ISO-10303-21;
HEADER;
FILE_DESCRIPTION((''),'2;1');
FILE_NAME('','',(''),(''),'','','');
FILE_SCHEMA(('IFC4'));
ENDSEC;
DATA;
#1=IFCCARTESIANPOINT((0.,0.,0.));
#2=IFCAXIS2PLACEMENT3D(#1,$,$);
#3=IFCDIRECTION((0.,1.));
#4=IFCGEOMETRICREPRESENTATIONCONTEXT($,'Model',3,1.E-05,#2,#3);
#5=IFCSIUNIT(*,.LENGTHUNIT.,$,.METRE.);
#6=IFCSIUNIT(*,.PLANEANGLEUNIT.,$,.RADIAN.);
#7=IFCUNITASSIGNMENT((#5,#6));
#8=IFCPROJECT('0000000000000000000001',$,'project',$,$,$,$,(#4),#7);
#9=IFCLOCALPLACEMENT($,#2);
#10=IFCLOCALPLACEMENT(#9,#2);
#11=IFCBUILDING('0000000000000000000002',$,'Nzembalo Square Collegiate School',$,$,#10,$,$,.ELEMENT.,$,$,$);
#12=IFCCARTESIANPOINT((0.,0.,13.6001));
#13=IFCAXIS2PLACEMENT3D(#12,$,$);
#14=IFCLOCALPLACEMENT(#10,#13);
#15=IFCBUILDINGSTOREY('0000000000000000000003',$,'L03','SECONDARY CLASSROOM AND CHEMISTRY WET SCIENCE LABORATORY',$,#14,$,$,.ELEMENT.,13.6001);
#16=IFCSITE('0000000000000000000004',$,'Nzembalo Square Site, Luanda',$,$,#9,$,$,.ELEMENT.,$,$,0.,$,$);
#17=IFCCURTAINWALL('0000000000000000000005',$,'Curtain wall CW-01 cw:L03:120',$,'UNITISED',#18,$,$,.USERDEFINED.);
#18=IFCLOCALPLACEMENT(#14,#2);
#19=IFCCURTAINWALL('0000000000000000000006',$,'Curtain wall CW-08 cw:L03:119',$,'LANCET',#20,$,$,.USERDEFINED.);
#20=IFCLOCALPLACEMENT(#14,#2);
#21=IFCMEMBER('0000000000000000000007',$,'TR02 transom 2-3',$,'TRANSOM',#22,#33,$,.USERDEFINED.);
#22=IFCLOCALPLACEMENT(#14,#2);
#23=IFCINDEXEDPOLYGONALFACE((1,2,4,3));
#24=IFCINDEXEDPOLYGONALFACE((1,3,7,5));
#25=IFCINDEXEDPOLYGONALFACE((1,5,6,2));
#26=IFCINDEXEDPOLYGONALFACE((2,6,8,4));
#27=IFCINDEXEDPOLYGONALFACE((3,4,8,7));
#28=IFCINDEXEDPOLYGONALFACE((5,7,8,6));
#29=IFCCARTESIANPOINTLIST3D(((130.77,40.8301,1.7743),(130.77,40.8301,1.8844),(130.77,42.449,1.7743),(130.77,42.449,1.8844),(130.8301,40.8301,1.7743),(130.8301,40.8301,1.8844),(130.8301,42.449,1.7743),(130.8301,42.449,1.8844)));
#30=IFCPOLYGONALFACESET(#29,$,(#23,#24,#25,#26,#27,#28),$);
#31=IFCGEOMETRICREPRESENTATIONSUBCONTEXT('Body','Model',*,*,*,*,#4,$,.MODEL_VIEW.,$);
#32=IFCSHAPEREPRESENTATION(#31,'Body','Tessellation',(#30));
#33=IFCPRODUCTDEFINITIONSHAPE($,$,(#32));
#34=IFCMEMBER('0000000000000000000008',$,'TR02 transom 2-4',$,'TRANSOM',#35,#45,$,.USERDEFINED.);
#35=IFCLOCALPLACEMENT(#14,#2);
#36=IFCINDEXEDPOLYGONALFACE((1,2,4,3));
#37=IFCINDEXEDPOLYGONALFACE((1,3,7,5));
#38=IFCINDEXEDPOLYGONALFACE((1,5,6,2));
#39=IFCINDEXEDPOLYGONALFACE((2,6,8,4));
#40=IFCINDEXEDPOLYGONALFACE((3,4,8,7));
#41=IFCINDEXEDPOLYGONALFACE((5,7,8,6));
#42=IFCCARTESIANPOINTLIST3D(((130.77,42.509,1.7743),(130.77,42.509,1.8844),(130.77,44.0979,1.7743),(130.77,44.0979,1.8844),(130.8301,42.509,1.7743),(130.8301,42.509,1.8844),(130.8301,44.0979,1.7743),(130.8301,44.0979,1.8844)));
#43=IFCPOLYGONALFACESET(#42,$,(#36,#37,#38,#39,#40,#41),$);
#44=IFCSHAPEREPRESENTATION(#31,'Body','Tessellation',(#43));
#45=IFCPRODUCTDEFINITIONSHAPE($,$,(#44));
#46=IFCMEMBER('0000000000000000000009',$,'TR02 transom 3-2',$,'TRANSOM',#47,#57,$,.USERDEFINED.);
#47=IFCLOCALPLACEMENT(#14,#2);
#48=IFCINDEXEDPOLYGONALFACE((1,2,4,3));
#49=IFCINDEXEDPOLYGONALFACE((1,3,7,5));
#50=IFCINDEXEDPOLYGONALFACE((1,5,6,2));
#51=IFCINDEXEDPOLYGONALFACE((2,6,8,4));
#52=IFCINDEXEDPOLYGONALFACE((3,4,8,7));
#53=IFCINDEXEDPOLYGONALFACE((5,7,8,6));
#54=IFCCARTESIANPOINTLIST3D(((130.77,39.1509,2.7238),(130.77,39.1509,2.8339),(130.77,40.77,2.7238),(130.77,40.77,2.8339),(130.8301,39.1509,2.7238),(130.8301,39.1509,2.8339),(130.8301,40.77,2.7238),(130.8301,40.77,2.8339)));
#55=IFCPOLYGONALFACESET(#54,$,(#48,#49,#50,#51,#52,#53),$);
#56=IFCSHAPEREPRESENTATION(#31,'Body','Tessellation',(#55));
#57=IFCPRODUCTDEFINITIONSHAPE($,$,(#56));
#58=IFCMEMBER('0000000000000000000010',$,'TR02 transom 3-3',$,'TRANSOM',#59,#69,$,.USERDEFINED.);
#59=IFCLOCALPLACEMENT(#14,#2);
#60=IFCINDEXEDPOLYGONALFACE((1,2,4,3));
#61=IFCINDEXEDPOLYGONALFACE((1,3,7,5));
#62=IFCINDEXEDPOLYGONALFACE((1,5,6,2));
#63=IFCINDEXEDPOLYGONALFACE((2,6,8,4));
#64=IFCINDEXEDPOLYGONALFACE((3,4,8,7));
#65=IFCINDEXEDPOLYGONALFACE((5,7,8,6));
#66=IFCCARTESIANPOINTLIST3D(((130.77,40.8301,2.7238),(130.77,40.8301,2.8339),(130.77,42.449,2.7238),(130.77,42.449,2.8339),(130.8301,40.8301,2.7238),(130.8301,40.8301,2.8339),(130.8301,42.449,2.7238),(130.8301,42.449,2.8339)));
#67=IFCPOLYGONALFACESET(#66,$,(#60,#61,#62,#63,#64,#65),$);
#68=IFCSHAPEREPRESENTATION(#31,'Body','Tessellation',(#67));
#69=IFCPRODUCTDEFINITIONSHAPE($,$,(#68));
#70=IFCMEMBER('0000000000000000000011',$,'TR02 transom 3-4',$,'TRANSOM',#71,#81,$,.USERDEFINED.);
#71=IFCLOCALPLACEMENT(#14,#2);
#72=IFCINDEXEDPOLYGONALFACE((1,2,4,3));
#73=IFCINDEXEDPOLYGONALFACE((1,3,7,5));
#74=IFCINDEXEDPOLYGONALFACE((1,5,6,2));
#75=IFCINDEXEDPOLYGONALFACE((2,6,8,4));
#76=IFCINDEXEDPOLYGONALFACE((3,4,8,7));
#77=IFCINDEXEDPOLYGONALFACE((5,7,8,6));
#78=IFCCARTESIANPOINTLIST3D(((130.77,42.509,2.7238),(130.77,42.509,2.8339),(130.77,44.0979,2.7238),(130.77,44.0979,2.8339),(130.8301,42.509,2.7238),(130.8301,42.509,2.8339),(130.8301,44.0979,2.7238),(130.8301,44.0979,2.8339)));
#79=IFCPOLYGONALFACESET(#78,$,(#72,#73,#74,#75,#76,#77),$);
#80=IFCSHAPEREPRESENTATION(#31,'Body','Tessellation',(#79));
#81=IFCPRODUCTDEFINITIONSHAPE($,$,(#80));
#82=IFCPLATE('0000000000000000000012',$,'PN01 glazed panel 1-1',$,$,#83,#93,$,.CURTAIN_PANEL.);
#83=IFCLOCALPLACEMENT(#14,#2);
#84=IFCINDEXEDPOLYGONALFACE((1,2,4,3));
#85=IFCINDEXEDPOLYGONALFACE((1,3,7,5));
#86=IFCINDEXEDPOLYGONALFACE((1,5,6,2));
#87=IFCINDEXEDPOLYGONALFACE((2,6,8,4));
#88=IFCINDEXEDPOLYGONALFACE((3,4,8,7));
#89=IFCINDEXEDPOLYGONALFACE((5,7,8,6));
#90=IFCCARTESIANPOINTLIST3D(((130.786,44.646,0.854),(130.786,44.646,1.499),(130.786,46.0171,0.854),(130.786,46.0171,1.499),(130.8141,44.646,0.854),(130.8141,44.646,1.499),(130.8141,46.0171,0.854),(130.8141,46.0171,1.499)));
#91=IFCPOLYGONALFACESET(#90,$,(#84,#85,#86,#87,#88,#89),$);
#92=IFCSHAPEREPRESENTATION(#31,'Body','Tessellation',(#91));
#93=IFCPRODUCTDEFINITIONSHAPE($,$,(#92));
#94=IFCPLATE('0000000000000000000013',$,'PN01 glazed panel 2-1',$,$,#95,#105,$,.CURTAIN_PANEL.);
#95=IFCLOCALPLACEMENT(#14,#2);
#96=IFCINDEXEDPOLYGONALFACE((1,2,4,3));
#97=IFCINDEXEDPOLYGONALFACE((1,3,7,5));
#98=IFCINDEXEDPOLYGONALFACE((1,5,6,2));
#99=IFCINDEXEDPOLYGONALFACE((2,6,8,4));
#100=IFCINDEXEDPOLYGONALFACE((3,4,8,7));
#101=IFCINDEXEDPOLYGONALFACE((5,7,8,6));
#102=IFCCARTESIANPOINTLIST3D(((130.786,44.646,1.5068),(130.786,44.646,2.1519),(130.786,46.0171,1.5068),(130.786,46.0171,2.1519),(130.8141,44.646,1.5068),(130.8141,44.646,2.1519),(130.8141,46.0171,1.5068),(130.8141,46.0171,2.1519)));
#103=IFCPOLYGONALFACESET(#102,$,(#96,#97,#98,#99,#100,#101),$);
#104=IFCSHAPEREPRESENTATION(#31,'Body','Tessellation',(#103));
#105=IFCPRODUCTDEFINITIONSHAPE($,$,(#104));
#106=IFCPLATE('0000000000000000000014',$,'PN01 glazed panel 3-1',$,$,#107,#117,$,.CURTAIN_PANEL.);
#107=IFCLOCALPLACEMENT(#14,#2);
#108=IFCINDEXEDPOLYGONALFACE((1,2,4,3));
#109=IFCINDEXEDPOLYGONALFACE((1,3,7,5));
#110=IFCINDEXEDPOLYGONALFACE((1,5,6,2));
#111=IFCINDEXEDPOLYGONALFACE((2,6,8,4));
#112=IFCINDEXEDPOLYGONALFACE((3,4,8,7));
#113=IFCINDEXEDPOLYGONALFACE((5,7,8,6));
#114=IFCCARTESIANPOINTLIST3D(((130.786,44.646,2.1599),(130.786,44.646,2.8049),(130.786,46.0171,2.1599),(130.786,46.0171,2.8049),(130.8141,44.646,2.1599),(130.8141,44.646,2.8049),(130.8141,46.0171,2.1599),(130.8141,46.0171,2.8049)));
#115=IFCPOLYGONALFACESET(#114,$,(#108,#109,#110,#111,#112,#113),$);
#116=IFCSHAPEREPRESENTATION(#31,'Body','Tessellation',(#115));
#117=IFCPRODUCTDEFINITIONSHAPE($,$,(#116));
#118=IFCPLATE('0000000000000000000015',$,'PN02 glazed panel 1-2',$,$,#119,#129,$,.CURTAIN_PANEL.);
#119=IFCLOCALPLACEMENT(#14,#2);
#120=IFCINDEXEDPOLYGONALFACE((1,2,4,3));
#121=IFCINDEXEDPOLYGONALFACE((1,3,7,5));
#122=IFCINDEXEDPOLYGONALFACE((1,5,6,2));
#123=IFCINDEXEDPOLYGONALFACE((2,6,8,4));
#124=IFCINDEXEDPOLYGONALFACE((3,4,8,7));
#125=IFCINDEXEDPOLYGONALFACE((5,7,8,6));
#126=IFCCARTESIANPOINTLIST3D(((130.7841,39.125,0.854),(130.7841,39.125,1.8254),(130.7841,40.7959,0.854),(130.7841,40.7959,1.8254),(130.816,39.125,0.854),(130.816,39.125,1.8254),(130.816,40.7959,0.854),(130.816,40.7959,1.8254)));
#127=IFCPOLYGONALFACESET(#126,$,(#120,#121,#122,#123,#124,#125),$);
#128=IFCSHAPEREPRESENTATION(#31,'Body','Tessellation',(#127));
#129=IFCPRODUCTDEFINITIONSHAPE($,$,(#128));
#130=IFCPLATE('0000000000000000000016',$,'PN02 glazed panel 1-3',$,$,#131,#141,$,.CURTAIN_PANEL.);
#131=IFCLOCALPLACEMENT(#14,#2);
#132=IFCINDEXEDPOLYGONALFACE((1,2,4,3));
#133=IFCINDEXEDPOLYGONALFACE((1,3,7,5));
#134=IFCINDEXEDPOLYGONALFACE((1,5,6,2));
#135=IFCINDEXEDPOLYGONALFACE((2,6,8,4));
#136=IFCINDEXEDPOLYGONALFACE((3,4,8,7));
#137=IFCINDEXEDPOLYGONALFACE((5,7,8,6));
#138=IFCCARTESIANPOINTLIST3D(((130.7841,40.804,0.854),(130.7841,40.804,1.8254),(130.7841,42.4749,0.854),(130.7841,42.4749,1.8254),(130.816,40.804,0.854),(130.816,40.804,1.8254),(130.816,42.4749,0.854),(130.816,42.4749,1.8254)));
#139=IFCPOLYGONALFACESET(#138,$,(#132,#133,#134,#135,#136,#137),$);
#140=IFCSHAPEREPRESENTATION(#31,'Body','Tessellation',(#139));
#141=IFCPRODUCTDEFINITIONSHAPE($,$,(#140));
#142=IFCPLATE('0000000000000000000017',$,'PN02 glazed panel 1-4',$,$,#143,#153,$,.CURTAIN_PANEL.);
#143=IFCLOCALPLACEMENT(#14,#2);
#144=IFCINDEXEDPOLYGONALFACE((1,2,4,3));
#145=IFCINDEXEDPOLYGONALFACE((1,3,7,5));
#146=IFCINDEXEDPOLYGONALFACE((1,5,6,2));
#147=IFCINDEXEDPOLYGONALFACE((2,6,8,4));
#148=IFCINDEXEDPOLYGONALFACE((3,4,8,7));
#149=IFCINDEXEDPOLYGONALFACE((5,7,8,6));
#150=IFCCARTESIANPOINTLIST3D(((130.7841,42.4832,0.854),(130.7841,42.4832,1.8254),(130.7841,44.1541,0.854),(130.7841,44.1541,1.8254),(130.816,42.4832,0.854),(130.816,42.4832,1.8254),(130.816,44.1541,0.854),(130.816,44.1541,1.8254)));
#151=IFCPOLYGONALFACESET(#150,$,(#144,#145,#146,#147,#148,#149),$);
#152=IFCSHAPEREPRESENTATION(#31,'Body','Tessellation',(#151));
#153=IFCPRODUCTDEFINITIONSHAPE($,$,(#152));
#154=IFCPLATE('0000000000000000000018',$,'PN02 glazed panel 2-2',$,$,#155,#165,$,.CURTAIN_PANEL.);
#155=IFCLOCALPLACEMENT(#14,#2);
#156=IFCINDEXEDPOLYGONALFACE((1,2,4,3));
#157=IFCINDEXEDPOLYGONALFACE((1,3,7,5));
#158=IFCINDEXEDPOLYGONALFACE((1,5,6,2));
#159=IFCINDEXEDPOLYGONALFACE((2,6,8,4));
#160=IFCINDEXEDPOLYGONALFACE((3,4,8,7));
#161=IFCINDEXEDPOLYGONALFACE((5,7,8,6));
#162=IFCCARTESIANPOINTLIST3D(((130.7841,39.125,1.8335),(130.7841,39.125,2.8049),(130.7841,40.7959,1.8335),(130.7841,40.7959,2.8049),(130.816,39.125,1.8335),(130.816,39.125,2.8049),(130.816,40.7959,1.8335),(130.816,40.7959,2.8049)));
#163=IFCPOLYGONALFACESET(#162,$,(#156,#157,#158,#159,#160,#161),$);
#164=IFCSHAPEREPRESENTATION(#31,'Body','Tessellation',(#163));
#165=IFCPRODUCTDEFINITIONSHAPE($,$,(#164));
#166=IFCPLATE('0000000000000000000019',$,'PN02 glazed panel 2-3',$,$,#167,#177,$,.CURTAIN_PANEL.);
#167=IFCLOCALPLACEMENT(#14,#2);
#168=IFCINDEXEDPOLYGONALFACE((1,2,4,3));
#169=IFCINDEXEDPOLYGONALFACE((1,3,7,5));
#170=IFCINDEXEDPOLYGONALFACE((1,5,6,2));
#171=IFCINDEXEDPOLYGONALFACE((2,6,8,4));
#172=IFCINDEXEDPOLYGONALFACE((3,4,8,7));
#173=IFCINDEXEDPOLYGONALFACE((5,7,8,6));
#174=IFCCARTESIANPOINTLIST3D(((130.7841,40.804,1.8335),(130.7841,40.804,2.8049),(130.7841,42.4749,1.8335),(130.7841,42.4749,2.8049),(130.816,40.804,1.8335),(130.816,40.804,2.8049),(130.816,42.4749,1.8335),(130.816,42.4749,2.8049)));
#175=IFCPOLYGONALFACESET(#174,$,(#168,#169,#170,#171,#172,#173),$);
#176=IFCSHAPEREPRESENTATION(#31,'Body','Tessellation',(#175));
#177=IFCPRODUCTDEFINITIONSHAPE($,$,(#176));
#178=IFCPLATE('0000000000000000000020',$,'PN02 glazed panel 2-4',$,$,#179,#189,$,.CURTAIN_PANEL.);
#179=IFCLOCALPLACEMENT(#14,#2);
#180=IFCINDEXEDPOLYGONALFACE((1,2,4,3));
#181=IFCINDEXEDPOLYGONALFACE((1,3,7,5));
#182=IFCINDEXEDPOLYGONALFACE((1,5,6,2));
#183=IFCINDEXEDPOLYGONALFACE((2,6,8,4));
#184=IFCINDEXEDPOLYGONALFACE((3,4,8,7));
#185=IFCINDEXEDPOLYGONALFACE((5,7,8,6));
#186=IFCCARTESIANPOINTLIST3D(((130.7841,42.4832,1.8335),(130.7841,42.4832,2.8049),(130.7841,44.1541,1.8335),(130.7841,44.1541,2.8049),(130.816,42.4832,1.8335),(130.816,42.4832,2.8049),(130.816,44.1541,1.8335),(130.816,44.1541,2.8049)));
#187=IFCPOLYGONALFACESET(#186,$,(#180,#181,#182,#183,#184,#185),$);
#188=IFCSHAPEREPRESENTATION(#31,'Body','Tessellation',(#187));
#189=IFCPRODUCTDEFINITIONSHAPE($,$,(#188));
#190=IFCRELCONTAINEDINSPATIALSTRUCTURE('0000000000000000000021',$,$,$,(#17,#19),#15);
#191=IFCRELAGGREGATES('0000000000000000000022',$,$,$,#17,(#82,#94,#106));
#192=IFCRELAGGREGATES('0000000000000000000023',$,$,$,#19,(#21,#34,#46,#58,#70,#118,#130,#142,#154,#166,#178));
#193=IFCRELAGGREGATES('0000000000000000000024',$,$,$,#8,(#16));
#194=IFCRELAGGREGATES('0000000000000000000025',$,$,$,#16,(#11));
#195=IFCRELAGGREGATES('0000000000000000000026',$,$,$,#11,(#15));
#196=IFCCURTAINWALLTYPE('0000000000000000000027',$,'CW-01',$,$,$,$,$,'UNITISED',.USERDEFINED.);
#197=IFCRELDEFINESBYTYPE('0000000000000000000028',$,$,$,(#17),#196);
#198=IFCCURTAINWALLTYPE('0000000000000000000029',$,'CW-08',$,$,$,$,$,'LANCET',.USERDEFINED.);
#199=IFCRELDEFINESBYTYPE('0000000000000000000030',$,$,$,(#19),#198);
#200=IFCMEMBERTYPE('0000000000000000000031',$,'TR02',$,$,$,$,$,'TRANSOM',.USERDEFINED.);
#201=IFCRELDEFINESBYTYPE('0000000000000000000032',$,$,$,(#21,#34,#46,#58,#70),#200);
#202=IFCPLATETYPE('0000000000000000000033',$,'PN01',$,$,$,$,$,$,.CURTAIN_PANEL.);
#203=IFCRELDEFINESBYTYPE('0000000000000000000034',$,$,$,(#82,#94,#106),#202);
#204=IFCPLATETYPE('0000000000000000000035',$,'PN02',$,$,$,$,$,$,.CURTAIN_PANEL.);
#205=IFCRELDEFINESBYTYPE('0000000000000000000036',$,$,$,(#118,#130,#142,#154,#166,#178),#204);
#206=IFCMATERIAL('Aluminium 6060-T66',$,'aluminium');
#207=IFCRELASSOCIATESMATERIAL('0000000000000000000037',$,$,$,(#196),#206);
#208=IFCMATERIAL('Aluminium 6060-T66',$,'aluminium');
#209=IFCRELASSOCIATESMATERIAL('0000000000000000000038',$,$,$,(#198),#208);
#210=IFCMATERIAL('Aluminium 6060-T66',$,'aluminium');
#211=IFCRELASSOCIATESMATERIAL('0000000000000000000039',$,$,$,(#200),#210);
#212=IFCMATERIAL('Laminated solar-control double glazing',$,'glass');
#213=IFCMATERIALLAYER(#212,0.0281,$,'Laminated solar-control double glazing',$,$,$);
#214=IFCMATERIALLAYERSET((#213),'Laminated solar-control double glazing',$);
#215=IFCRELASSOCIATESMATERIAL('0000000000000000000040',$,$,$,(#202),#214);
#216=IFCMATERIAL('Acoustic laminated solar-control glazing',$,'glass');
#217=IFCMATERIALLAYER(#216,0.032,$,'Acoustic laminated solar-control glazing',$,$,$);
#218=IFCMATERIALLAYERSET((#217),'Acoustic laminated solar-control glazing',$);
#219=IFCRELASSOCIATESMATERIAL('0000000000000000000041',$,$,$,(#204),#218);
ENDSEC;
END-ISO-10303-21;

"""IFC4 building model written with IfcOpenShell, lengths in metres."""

from ifc_helpers import new_model, si_unit, direction, frame, origin, origin_2d, place, context, subcontext, project, spatial, rectangle, extrude, material, layer, layer_set, material_profile, profile_set, type_object, element, aggregate, save


model = new_model("IFC4")

# Units and contexts
model_context = context("Model", 3, precision=1e-05, world=origin(), true_north=direction((0.0, 1.0)))
body_context = subcontext(model_context, "Body", "Model", "MODEL_VIEW")
ifc_project = project(units=[si_unit("LENGTHUNIT", "METRE"), si_unit("PLANEANGLEUNIT", "RADIAN")], contexts=[model_context])

# Site, building, storey
site_placement = place(None, origin())
site = spatial("IfcSite", under=ifc_project, at=site_placement, Name="Nzembalo Square Site, Luanda", CompositionType="ELEMENT", RefElevation=0.0)
building_placement = place(site_placement, origin())
building = spatial("IfcBuilding", under=site, at=building_placement, Name="Nzembalo Square Collegiate School", CompositionType="ELEMENT")
storey_placement = place(building_placement, frame((0.0, 0.0, 13.6001)))
storey = spatial("IfcBuildingStorey", under=building, at=storey_placement, Name="L03", Description="SECONDARY CLASSROOM AND CHEMISTRY WET SCIENCE LABORATORY", CompositionType="ELEMENT", Elevation=13.6001)

# Curtain walls
ifc_material_1 = material(Name="Aluminium 6060-T66", Category="aluminium")
curtain_wall_type_1 = type_object("IfcCurtainWallType", Name="CW-01", ElementType="UNITISED", PredefinedType="USERDEFINED", material=ifc_material_1)
curtain_wall_1_placement = place(storey_placement, origin())
curtain_wall_1 = element("IfcCurtainWall", 1, at=curtain_wall_1_placement, inside=storey, type_object=curtain_wall_type_1, Name="Curtain wall CW-01 cw:L03:120", ObjectType="UNITISED", PredefinedType="USERDEFINED")
ifc_material_2 = material(Name="Aluminium 6060-T66", Category="aluminium")
curtain_wall_type_2 = type_object("IfcCurtainWallType", Name="CW-08", ElementType="LANCET", PredefinedType="USERDEFINED", material=ifc_material_2)
curtain_wall_2_placement = place(storey_placement, origin())
curtain_wall_2 = element("IfcCurtainWall", 2, at=curtain_wall_2_placement, inside=storey, type_object=curtain_wall_type_2, Name="Curtain wall CW-08 cw:L03:119", ObjectType="LANCET", PredefinedType="USERDEFINED")

# Members
ifc_material_3 = material(Name="Aluminium 6060-T66", Category="aluminium")
ifc_material_profile_1 = material_profile(ifc_material_3, rectangle(XDim=0.0601, YDim=0.1101, at=origin_2d()), Name="ALU T60x110")
ifc_profile_set_1 = profile_set([ifc_material_profile_1], Name="Aluminium 6060-T66")
member_type_1 = type_object("IfcMemberType", Name="TR02", ElementType="TRANSOM", PredefinedType="USERDEFINED", material=ifc_profile_set_1)
member_1_placement = place(storey_placement, frame((130.8, 40.8301, 1.8293), z_axis=(0.0, 1.0, 0.0), x_axis=(-1.0, 0.0, 0.0)))
member_1 = element("IfcMember", 3, at=member_1_placement, type_object=member_type_1, Name="TR02 transom 2-3", ObjectType="TRANSOM", PredefinedType="USERDEFINED", context=body_context, shape_type="SweptSolid", body=[
    extrude(rectangle(XDim=0.0601, YDim=0.1101, at=origin_2d()), origin(), (0.0, 0.0, 1.0), 1.6189),
])
member_2_placement = place(storey_placement, frame((130.8, 42.509, 1.8293), z_axis=(0.0, 1.0, 0.0), x_axis=(-1.0, 0.0, 0.0)))
member_2 = element("IfcMember", 4, at=member_2_placement, type_object=member_type_1, Name="TR02 transom 2-4", ObjectType="TRANSOM", PredefinedType="USERDEFINED", context=body_context, shape_type="SweptSolid", body=[
    extrude(rectangle(XDim=0.0601, YDim=0.1101, at=origin_2d()), origin(), (0.0, 0.0, 1.0), 1.5889),
])
member_3_placement = place(storey_placement, frame((130.8, 39.1509, 2.7788), z_axis=(0.0, 1.0, 0.0), x_axis=(-1.0, 0.0, 0.0)))
member_3 = element("IfcMember", 5, at=member_3_placement, type_object=member_type_1, Name="TR02 transom 3-2", ObjectType="TRANSOM", PredefinedType="USERDEFINED", context=body_context, shape_type="SweptSolid", body=[
    extrude(rectangle(XDim=0.0601, YDim=0.1101, at=origin_2d()), origin(), (0.0, 0.0, 1.0), 1.6191),
])
member_4_placement = place(storey_placement, frame((130.8, 40.8301, 2.7788), z_axis=(0.0, 1.0, 0.0), x_axis=(-1.0, 0.0, 0.0)))
member_4 = element("IfcMember", 6, at=member_4_placement, type_object=member_type_1, Name="TR02 transom 3-3", ObjectType="TRANSOM", PredefinedType="USERDEFINED", context=body_context, shape_type="SweptSolid", body=[
    extrude(rectangle(XDim=0.0601, YDim=0.1101, at=origin_2d()), origin(), (0.0, 0.0, 1.0), 1.6189),
])
member_5_placement = place(storey_placement, frame((130.8, 42.509, 2.7788), z_axis=(0.0, 1.0, 0.0), x_axis=(-1.0, 0.0, 0.0)))
member_5 = element("IfcMember", 7, at=member_5_placement, type_object=member_type_1, Name="TR02 transom 3-4", ObjectType="TRANSOM", PredefinedType="USERDEFINED", context=body_context, shape_type="SweptSolid", body=[
    extrude(rectangle(XDim=0.0601, YDim=0.1101, at=origin_2d()), origin(), (0.0, 0.0, 1.0), 1.5889),
])

# Plates
ifc_material_4 = material(Name="Laminated solar-control double glazing", Category="glass")
ifc_layer_1 = layer(ifc_material_4, 0.0281, Name="Laminated solar-control double glazing")
ifc_layer_set_1 = layer_set([ifc_layer_1], Name="Laminated solar-control double glazing")
plate_type_1 = type_object("IfcPlateType", Name="PN01", PredefinedType="CURTAIN_PANEL", material=ifc_layer_set_1)
plate_1_placement = place(storey_placement, frame((130.8, 45.3315, 0.854), z_axis=(0.0, 0.0, 1.0), x_axis=(0.0, 1.0, 0.0)))
plate_1 = element("IfcPlate", 8, at=plate_1_placement, type_object=plate_type_1, Name="PN01 glazed panel 1-1", PredefinedType="CURTAIN_PANEL", context=body_context, shape_type="SweptSolid", body=[
    extrude(rectangle(XDim=1.3711, YDim=0.0281, at=origin_2d()), origin(), (0.0, 0.0, 1.0), 0.645),
])
plate_2_placement = place(storey_placement, frame((130.8, 45.3315, 1.5068), z_axis=(0.0, 0.0, 1.0), x_axis=(0.0, 1.0, 0.0)))
plate_2 = element("IfcPlate", 9, at=plate_2_placement, type_object=plate_type_1, Name="PN01 glazed panel 2-1", PredefinedType="CURTAIN_PANEL", context=body_context, shape_type="SweptSolid", body=[
    extrude(rectangle(XDim=1.3711, YDim=0.0281, at=origin_2d()), origin(), (0.0, 0.0, 1.0), 0.645),
])
plate_3_placement = place(storey_placement, frame((130.8, 45.3315, 2.1599), z_axis=(0.0, 0.0, 1.0), x_axis=(0.0, 1.0, 0.0)))
plate_3 = element("IfcPlate", 10, at=plate_3_placement, type_object=plate_type_1, Name="PN01 glazed panel 3-1", PredefinedType="CURTAIN_PANEL", context=body_context, shape_type="SweptSolid", body=[
    extrude(rectangle(XDim=1.3711, YDim=0.0281, at=origin_2d()), origin(), (0.0, 0.0, 1.0), 0.645),
])
aggregate(curtain_wall_1, [plate_1, plate_2, plate_3])
ifc_material_5 = material(Name="Acoustic laminated solar-control glazing", Category="glass")
ifc_layer_2 = layer(ifc_material_5, 0.032, Name="Acoustic laminated solar-control glazing")
ifc_layer_set_2 = layer_set([ifc_layer_2], Name="Acoustic laminated solar-control glazing")
plate_type_2 = type_object("IfcPlateType", Name="PN02", PredefinedType="CURTAIN_PANEL", material=ifc_layer_set_2)
plate_4_placement = place(storey_placement, frame((130.8, 39.9604, 0.854), z_axis=(0.0, 0.0, 1.0), x_axis=(0.0, 1.0, 0.0)))
plate_4 = element("IfcPlate", 11, at=plate_4_placement, type_object=plate_type_2, Name="PN02 glazed panel 1-2", PredefinedType="CURTAIN_PANEL", context=body_context, shape_type="SweptSolid", body=[
    extrude(rectangle(XDim=1.6709, YDim=0.032, at=origin_2d()), origin(), (0.0, 0.0, 1.0), 0.9714),
])
plate_5_placement = place(storey_placement, frame((130.8, 41.6394, 0.854), z_axis=(0.0, 0.0, 1.0), x_axis=(0.0, 1.0, 0.0)))
plate_5 = element("IfcPlate", 12, at=plate_5_placement, type_object=plate_type_2, Name="PN02 glazed panel 1-3", PredefinedType="CURTAIN_PANEL", context=body_context, shape_type="SweptSolid", body=[
    extrude(rectangle(XDim=1.6709, YDim=0.032, at=origin_2d()), origin(), (0.0, 0.0, 1.0), 0.9714),
])
plate_6_placement = place(storey_placement, frame((130.8, 43.3186, 0.854), z_axis=(0.0, 0.0, 1.0), x_axis=(0.0, 1.0, 0.0)))
plate_6 = element("IfcPlate", 13, at=plate_6_placement, type_object=plate_type_2, Name="PN02 glazed panel 1-4", PredefinedType="CURTAIN_PANEL", context=body_context, shape_type="SweptSolid", body=[
    extrude(rectangle(XDim=1.6709, YDim=0.032, at=origin_2d()), origin(), (0.0, 0.0, 1.0), 0.9714),
])
plate_7_placement = place(storey_placement, frame((130.8, 39.9604, 1.8335), z_axis=(0.0, 0.0, 1.0), x_axis=(0.0, 1.0, 0.0)))
plate_7 = element("IfcPlate", 14, at=plate_7_placement, type_object=plate_type_2, Name="PN02 glazed panel 2-2", PredefinedType="CURTAIN_PANEL", context=body_context, shape_type="SweptSolid", body=[
    extrude(rectangle(XDim=1.6709, YDim=0.032, at=origin_2d()), origin(), (0.0, 0.0, 1.0), 0.9714),
])
plate_8_placement = place(storey_placement, frame((130.8, 41.6394, 1.8335), z_axis=(0.0, 0.0, 1.0), x_axis=(0.0, 1.0, 0.0)))
plate_8 = element("IfcPlate", 15, at=plate_8_placement, type_object=plate_type_2, Name="PN02 glazed panel 2-3", PredefinedType="CURTAIN_PANEL", context=body_context, shape_type="SweptSolid", body=[
    extrude(rectangle(XDim=1.6709, YDim=0.032, at=origin_2d()), origin(), (0.0, 0.0, 1.0), 0.9714),
])
plate_9_placement = place(storey_placement, frame((130.8, 43.3186, 1.8335), z_axis=(0.0, 0.0, 1.0), x_axis=(0.0, 1.0, 0.0)))
plate_9 = element("IfcPlate", 16, at=plate_9_placement, type_object=plate_type_2, Name="PN02 glazed panel 2-4", PredefinedType="CURTAIN_PANEL", context=body_context, shape_type="SweptSolid", body=[
    extrude(rectangle(XDim=1.6709, YDim=0.032, at=origin_2d()), origin(), (0.0, 0.0, 1.0), 0.9714),
])
aggregate(curtain_wall_2, [member_1, member_2, member_3, member_4, member_5, plate_4, plate_5, plate_6, plate_7, plate_8, plate_9])

save(model, "model.ifc")
